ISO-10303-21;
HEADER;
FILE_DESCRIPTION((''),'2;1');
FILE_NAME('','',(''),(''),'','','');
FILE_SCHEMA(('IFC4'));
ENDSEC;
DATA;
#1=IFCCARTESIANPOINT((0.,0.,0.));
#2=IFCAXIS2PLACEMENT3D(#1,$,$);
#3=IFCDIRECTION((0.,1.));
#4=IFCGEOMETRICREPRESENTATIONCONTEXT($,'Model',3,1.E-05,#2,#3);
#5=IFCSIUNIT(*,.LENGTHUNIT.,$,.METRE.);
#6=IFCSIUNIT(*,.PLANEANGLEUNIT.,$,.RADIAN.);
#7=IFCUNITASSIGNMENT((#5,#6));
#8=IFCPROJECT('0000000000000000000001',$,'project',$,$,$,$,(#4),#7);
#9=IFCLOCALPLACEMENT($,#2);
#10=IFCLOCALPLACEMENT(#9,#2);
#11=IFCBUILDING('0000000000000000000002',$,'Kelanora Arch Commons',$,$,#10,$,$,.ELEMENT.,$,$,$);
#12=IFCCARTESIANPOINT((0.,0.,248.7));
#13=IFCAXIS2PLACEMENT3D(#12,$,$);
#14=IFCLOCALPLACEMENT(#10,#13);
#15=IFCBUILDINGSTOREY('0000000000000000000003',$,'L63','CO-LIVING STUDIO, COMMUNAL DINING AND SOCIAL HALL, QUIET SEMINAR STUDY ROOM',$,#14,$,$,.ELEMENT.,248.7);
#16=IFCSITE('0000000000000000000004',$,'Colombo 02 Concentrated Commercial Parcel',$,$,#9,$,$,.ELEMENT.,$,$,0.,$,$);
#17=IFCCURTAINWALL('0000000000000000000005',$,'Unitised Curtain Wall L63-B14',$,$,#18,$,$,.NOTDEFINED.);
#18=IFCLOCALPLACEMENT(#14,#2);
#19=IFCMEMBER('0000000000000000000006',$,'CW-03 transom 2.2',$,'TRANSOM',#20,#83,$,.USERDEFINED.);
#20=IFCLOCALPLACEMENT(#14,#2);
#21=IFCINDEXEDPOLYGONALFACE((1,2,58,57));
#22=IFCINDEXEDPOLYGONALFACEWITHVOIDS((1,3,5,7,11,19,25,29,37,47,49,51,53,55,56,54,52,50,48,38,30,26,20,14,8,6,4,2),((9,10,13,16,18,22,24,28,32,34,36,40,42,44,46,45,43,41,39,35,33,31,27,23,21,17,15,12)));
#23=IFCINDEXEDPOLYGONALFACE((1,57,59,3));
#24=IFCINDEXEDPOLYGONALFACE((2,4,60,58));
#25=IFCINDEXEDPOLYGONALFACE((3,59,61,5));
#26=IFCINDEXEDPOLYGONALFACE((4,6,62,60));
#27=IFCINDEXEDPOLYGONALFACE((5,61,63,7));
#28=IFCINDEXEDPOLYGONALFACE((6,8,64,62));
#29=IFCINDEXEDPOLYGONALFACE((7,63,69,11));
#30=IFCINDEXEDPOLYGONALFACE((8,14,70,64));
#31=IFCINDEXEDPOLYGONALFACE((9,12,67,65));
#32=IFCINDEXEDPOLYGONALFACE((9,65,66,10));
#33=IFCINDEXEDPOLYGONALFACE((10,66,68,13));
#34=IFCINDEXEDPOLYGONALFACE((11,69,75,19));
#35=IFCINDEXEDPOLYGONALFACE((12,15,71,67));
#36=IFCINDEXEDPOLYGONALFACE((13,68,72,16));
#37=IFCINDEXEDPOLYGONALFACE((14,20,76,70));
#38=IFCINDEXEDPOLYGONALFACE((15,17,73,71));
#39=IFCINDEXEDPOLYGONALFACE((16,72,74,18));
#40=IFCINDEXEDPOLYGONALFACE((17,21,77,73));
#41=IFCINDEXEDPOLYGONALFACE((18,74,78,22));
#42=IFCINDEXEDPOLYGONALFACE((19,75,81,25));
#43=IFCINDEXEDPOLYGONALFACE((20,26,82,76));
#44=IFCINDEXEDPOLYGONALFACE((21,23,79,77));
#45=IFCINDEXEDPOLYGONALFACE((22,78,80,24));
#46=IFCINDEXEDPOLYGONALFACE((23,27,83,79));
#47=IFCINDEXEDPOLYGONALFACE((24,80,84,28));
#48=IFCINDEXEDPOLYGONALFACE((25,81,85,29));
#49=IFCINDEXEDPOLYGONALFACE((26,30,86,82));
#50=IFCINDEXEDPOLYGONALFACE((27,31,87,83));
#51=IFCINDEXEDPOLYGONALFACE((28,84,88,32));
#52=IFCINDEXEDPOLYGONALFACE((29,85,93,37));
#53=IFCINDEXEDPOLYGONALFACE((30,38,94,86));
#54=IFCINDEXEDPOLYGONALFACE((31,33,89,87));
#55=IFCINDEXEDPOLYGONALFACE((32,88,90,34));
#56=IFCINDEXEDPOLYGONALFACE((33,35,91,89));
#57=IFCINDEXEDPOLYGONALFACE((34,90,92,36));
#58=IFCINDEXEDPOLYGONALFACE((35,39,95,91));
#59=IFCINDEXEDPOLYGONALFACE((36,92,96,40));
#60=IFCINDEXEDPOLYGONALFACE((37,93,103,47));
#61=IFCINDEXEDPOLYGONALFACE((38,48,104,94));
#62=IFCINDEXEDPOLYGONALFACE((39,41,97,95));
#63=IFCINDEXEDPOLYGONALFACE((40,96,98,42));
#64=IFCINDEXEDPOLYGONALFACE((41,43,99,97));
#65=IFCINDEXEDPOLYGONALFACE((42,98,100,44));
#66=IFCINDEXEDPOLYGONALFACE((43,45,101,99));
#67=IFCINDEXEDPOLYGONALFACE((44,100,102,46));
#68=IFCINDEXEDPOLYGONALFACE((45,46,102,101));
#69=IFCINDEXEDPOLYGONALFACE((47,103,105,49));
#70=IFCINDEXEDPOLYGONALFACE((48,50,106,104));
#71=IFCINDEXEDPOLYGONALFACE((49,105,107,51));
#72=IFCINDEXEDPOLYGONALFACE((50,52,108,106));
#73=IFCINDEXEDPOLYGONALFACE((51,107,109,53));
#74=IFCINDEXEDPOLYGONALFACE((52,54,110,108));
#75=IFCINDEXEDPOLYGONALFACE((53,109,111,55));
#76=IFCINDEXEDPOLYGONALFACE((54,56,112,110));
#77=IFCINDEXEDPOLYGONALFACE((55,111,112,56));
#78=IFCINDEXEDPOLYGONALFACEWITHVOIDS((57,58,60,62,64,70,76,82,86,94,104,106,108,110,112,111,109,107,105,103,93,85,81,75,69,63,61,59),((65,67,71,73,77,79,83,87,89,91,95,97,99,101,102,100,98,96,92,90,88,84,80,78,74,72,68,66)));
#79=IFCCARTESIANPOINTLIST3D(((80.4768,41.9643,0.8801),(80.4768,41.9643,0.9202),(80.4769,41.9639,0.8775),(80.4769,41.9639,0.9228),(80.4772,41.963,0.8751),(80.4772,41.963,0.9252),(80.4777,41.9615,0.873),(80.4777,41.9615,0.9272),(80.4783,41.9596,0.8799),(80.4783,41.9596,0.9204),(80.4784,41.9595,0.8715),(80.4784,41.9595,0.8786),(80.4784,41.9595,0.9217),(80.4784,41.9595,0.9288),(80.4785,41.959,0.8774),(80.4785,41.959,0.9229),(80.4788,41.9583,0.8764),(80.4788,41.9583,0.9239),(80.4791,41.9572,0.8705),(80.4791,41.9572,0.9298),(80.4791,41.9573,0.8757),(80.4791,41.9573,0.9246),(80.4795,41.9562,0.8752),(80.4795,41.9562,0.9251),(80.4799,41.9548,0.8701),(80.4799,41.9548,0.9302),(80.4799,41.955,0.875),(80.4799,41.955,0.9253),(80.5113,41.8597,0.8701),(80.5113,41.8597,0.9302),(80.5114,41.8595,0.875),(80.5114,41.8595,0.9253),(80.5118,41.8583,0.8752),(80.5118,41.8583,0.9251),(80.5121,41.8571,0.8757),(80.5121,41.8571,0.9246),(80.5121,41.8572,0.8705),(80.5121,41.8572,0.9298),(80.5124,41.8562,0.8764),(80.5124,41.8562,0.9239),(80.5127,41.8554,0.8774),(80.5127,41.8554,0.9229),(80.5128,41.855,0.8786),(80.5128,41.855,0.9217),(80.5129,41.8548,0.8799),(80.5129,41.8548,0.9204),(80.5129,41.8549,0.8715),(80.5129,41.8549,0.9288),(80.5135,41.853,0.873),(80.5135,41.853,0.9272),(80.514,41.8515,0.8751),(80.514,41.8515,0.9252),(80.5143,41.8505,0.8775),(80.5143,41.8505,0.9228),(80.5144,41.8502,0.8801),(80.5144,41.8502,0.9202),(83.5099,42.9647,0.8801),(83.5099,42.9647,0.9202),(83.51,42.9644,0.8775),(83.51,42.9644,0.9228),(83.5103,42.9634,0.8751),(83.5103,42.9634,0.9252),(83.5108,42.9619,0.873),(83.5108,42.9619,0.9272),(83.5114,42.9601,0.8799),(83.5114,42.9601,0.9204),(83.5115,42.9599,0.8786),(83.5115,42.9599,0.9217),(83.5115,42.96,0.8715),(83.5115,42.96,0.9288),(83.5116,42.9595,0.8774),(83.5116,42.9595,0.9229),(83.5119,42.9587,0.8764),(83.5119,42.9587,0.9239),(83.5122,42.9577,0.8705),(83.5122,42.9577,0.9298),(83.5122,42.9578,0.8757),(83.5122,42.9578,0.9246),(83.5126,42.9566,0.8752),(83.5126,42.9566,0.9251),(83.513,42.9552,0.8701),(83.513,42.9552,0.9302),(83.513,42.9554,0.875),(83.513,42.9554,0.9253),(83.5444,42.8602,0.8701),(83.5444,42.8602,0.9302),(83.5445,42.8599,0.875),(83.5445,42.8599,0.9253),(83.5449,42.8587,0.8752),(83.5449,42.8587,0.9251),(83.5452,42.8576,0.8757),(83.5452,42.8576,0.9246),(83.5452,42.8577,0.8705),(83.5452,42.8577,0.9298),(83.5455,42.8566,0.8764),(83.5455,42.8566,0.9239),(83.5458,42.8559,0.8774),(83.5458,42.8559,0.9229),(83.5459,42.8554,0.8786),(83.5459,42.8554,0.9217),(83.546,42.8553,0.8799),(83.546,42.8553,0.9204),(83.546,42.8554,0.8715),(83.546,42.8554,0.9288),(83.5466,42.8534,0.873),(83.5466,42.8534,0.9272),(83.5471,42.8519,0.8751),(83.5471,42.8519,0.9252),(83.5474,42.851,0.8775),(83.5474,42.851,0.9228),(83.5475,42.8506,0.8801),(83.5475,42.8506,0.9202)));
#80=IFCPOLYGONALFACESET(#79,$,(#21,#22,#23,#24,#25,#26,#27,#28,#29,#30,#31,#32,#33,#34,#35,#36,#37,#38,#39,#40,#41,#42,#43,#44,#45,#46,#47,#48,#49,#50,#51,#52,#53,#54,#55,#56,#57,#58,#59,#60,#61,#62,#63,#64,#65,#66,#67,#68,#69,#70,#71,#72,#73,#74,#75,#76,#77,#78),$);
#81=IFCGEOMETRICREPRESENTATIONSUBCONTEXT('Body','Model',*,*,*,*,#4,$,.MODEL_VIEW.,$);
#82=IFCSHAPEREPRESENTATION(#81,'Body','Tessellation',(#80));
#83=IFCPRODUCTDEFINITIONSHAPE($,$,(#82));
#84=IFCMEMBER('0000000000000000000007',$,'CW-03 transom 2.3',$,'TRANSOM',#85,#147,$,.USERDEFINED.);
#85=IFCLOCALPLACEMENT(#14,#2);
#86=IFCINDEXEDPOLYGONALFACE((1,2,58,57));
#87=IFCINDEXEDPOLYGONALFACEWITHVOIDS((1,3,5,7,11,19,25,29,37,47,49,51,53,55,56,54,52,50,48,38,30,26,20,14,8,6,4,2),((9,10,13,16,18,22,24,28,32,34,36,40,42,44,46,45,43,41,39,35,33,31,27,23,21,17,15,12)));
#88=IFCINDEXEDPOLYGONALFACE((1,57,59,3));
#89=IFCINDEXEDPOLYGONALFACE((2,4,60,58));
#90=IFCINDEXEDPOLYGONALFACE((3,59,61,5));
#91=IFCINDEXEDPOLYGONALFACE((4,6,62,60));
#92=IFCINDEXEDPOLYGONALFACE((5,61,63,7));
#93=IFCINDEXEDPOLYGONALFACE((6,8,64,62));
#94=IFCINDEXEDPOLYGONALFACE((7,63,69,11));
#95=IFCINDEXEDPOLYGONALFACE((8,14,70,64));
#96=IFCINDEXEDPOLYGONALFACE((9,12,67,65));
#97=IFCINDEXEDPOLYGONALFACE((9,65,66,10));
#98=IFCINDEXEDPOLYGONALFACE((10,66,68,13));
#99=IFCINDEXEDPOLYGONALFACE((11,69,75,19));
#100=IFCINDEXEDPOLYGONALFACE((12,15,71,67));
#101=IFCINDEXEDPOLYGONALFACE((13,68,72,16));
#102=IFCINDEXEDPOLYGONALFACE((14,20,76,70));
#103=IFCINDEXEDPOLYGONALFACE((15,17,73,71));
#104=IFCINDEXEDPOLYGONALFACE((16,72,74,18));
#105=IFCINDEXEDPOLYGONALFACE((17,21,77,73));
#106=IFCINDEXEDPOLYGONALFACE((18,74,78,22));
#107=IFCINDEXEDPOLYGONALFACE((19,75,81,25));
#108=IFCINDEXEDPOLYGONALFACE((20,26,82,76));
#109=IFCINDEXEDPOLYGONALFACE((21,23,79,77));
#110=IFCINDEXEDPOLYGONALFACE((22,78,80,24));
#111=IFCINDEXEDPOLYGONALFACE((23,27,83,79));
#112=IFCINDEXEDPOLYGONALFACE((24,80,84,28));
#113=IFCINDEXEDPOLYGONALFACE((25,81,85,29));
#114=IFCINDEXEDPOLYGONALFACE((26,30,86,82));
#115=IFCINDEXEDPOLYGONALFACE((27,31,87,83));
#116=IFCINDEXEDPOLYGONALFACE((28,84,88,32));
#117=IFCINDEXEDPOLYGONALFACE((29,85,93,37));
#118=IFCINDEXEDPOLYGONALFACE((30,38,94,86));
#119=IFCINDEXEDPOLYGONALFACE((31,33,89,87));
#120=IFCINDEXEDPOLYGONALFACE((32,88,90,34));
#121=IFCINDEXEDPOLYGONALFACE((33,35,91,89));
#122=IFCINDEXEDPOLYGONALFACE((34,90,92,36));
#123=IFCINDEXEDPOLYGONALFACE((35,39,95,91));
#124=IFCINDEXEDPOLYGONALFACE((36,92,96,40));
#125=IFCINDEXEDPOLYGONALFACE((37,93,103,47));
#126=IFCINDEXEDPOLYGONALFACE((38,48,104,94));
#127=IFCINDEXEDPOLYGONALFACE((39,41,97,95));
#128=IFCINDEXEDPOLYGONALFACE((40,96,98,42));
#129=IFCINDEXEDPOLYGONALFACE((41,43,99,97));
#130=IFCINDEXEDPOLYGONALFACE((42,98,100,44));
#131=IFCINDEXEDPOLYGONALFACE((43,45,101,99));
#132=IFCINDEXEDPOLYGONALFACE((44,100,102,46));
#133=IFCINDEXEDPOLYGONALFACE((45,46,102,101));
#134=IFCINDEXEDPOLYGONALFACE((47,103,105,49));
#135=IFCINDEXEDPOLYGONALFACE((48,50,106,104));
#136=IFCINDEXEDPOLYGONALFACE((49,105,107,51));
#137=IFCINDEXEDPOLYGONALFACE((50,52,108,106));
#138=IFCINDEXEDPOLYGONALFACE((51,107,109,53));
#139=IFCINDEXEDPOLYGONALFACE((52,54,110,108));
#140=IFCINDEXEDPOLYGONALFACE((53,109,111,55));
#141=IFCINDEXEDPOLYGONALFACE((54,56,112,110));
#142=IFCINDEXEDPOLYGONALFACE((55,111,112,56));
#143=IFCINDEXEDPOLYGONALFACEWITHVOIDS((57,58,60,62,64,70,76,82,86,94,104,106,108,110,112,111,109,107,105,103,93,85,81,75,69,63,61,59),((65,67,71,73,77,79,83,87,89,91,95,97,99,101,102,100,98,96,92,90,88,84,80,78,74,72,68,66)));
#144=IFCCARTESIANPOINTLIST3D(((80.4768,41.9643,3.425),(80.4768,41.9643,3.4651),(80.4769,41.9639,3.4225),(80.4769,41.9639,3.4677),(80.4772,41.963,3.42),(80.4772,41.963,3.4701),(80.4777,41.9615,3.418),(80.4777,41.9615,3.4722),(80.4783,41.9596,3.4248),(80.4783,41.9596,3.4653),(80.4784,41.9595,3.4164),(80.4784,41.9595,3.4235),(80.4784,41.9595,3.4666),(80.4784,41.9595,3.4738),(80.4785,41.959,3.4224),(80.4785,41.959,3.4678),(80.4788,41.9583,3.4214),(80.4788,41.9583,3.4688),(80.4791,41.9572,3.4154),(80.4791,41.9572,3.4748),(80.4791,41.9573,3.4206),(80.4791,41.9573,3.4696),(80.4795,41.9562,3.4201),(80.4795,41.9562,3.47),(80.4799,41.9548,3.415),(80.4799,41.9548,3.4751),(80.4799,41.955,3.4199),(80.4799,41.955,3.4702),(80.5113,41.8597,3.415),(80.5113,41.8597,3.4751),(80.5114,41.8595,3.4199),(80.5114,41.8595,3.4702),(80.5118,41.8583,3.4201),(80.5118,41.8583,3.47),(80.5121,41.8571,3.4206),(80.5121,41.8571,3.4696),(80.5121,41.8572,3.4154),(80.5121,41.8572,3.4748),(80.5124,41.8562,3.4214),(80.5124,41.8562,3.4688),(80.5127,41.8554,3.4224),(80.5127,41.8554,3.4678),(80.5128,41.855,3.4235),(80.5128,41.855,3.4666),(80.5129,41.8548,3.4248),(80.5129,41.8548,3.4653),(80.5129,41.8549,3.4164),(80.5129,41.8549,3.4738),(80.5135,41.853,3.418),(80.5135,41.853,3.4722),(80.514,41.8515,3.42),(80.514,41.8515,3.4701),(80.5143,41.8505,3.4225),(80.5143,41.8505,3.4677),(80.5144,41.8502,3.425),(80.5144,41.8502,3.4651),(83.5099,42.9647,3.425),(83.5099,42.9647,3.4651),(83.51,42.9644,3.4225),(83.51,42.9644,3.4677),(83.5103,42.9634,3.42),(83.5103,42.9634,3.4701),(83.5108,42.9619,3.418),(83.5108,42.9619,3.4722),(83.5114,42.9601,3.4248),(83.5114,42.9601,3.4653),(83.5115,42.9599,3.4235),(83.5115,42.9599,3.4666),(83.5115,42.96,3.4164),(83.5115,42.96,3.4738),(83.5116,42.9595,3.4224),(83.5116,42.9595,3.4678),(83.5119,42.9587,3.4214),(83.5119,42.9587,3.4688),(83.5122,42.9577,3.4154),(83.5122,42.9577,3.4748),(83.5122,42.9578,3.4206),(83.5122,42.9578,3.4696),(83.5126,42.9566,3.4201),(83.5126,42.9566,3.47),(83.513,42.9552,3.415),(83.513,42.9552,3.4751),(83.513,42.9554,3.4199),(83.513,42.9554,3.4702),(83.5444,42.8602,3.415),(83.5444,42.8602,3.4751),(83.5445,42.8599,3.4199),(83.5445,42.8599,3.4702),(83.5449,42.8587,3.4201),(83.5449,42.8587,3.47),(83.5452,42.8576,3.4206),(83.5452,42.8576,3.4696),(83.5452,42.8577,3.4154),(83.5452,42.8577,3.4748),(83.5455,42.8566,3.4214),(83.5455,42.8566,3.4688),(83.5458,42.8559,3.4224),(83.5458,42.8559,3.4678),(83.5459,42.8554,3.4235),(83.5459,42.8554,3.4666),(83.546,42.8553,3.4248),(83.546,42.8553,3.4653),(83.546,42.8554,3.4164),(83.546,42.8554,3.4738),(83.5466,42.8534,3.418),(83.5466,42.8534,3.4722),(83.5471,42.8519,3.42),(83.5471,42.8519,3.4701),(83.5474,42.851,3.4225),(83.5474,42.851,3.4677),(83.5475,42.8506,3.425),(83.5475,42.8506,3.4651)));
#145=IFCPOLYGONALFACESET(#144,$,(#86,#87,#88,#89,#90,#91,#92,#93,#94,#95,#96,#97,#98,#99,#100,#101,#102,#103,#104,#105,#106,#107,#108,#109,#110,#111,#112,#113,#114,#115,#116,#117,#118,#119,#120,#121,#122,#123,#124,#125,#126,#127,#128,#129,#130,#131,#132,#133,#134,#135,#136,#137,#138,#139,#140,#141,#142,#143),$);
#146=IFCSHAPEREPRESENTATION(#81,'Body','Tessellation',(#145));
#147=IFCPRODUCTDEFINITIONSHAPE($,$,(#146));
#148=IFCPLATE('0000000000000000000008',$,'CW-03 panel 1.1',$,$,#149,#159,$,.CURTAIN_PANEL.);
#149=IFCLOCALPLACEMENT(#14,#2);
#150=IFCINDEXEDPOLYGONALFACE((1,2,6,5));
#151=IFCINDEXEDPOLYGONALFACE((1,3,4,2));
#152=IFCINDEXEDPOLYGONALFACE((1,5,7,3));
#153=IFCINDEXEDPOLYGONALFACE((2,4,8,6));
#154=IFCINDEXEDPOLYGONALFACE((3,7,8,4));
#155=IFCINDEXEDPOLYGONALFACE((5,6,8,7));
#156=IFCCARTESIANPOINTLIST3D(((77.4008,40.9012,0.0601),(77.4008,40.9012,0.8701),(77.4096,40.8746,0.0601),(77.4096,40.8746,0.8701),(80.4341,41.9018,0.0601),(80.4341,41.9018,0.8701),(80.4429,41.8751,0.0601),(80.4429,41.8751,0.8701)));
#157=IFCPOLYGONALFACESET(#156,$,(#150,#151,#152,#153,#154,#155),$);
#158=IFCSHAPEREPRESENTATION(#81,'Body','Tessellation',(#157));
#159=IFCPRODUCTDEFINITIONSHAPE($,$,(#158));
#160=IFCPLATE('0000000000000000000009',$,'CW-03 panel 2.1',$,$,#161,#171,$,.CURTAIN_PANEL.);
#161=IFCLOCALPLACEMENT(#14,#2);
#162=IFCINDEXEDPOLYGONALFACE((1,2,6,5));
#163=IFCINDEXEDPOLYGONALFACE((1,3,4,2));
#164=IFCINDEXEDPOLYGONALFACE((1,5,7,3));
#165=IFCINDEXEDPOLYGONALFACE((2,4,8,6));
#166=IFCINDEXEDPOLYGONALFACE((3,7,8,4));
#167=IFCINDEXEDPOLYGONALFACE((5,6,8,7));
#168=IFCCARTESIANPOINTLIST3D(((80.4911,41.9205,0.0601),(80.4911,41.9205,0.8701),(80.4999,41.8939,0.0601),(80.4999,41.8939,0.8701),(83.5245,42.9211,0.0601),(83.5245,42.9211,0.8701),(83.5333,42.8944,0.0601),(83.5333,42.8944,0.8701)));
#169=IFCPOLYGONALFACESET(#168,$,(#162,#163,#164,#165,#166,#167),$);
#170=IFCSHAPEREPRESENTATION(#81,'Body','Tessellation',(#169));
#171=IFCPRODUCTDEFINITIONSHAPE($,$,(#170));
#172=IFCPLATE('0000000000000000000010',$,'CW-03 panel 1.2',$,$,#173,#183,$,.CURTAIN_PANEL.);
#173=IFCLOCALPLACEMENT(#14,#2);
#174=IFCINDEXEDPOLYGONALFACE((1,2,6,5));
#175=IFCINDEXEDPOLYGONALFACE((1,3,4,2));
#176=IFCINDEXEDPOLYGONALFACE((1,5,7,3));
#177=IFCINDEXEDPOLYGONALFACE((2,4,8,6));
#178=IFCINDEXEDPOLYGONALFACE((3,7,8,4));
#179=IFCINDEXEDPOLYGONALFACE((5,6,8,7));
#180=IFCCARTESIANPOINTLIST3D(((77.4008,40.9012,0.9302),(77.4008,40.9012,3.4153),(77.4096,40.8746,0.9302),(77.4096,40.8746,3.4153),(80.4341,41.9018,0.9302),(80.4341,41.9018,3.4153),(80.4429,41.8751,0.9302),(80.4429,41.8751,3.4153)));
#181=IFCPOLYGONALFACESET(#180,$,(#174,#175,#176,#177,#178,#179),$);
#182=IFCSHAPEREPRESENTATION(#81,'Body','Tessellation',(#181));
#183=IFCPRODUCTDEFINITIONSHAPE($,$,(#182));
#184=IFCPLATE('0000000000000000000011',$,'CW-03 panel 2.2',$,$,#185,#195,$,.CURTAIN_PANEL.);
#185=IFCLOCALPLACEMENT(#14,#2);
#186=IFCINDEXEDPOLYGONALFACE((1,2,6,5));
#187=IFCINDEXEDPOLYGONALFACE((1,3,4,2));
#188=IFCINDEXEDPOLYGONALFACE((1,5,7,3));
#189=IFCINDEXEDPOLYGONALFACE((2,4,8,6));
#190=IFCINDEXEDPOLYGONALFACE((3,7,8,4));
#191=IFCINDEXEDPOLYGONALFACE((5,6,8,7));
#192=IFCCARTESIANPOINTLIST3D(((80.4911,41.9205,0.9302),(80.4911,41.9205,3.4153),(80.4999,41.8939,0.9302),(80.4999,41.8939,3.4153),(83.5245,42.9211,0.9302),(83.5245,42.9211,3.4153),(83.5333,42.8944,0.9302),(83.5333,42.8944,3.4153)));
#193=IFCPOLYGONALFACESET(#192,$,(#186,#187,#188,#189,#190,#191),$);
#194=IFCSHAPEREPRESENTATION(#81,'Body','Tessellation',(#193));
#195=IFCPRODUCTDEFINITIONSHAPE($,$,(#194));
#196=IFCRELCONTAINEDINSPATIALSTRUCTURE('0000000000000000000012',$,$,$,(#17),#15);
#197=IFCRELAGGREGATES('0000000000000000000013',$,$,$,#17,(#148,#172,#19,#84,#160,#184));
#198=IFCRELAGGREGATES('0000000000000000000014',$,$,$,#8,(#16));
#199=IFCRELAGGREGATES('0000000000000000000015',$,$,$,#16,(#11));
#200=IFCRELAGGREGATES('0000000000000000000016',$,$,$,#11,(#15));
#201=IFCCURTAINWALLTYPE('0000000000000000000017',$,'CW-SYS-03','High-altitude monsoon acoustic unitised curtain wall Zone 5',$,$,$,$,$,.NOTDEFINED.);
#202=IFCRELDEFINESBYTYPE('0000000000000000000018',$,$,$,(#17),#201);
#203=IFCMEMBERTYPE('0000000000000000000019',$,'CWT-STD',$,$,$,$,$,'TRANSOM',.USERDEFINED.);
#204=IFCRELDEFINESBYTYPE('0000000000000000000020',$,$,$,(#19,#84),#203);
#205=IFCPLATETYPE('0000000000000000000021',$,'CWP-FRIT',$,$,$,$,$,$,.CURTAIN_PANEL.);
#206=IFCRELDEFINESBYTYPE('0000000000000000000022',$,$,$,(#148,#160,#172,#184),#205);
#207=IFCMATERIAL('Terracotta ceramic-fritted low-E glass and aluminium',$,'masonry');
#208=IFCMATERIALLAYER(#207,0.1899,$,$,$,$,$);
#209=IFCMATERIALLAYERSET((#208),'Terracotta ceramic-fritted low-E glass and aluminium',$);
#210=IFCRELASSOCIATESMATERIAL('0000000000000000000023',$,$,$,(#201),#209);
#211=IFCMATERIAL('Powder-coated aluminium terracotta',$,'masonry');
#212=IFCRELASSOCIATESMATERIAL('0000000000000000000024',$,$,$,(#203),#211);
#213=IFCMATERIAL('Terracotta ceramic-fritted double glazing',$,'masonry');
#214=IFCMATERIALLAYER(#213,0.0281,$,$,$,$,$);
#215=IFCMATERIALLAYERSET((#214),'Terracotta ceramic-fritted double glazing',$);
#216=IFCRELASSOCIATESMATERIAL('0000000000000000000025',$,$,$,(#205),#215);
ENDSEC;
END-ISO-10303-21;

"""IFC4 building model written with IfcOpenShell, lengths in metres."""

from ifc_helpers import new_model, si_unit, direction, frame, origin, origin_2d, place, context, subcontext, project, spatial, rectangle, hollow_rectangle, extrude, source, transform, mapped, material, layer, layer_set, material_profile, profile_set, type_object, element, aggregate, save


model = new_model("IFC4")

# Units and contexts
model_context = context("Model", 3, precision=1e-05, world=origin(), true_north=direction((0.0, 1.0)))
body_context = subcontext(model_context, "Body", "Model", "MODEL_VIEW")
ifc_project = project(units=[si_unit("LENGTHUNIT", "METRE"), si_unit("PLANEANGLEUNIT", "RADIAN")], contexts=[model_context])

# Site, building, storey
site_placement = place(None, origin())
site = spatial("IfcSite", under=ifc_project, at=site_placement, Name="Colombo 02 Concentrated Commercial Parcel", CompositionType="ELEMENT", RefElevation=0.0)
building_placement = place(site_placement, origin())
building = spatial("IfcBuilding", under=site, at=building_placement, Name="Kelanora Arch Commons", CompositionType="ELEMENT")
storey_placement = place(building_placement, frame((0.0, 0.0, 248.7)))
storey = spatial("IfcBuildingStorey", under=building, at=storey_placement, Name="L63", Description="CO-LIVING STUDIO, COMMUNAL DINING AND SOCIAL HALL, QUIET SEMINAR STUDY ROOM", CompositionType="ELEMENT", Elevation=248.7)

# Curtain wall, members, plates
ifc_material_1 = material(Name="Terracotta ceramic-fritted low-E glass and aluminium", Category="masonry")
ifc_layer_1 = layer(ifc_material_1, 0.1899)
ifc_layer_set_1 = layer_set([ifc_layer_1], Name="Terracotta ceramic-fritted low-E glass and aluminium")
curtain_wall_type = type_object("IfcCurtainWallType", Name="CW-SYS-03", Description="High-altitude monsoon acoustic unitised curtain wall Zone 5", PredefinedType="NOTDEFINED", material=ifc_layer_set_1)
curtain_wall_placement = place(storey_placement, origin())
curtain_wall = element("IfcCurtainWall", 1, at=curtain_wall_placement, inside=storey, type_object=curtain_wall_type, Name="Unitised Curtain Wall L63-B14", PredefinedType="NOTDEFINED")
ifc_material_2 = material(Name="Powder-coated aluminium terracotta", Category="masonry")
ifc_material_profile_1 = material_profile(ifc_material_2, hollow_rectangle(XDim=0.1201, YDim=0.0601, WallThickness=0.0049, InnerFilletRadius=0.0049, OuterFilletRadius=0.01, at=origin_2d()), Name="CWT120x60")
ifc_profile_set_1 = profile_set([ifc_material_profile_1], Name="Powder-coated aluminium terracotta")
member_type_1 = type_object("IfcMemberType", Name="CWT-STD", ElementType="TRANSOM", PredefinedType="USERDEFINED", material=ifc_profile_set_1)
member_1_placement = place(storey_placement, frame((80.4956, 41.9072, 0.9001), z_axis=(0.949672, 0.313245, 0.0), x_axis=(-0.313245, 0.949672, 0.0)))
member_1 = element("IfcMember", 2, at=member_1_placement, type_object=member_type_1, Name="CW-03 transom 2.2", ObjectType="TRANSOM", PredefinedType="USERDEFINED", context=body_context, shape_type="SweptSolid", body=[
    extrude(hollow_rectangle(XDim=0.1201, YDim=0.0601, WallThickness=0.0049, InnerFilletRadius=0.0049, OuterFilletRadius=0.01, at=origin_2d()), origin(), (0.0, 0.0, 1.0), 3.1938),
])
member_2_placement = place(storey_placement, frame((80.4956, 41.9072, 3.4451), z_axis=(0.949672, 0.313245, 0.0), x_axis=(-0.313245, 0.949672, 0.0)))
member_2 = element("IfcMember", 3, at=member_2_placement, type_object=member_type_1, Name="CW-03 transom 2.3", ObjectType="TRANSOM", PredefinedType="USERDEFINED", context=body_context, shape_type="SweptSolid", body=[
    extrude(hollow_rectangle(XDim=0.1201, YDim=0.0601, WallThickness=0.0049, InnerFilletRadius=0.0049, OuterFilletRadius=0.01, at=origin_2d()), origin(), (0.0, 0.0, 1.0), 3.1938),
])
ifc_material_3 = material(Name="Terracotta ceramic-fritted double glazing", Category="masonry")
ifc_layer_2 = layer(ifc_material_3, 0.0281)
ifc_layer_set_2 = layer_set([ifc_layer_2], Name="Terracotta ceramic-fritted double glazing")
plate_type = type_object("IfcPlateType", Name="CWP-FRIT", PredefinedType="CURTAIN_PANEL", material=ifc_layer_set_2)
shared_shape_1 = source(origin(), body_context, "Body", "SweptSolid", [
    extrude(rectangle(XDim=3.1941, YDim=0.0281, at=origin_2d()), origin(), (0.0, 0.0, 1.0), 0.8101),
])
plate_1_placement = place(storey_placement, frame((78.9219, 41.3882, 0.0601), z_axis=(0.0, 0.0, 1.0), x_axis=(0.94967, 0.313253, 0.0)))
plate_1 = element("IfcPlate", 4, at=plate_1_placement, type_object=plate_type, Name="CW-03 panel 1.1", PredefinedType="CURTAIN_PANEL", context=body_context, shape_type="MappedRepresentation", body=[
    mapped(shared_shape_1, transform((0.0, 0.0, 0.0), scale=1.0)),
])
plate_2_placement = place(storey_placement, frame((82.0122, 42.4075, 0.0601), z_axis=(0.0, 0.0, 1.0), x_axis=(0.94967, 0.313253, 0.0)))
plate_2 = element("IfcPlate", 5, at=plate_2_placement, type_object=plate_type, Name="CW-03 panel 2.1", PredefinedType="CURTAIN_PANEL", context=body_context, shape_type="MappedRepresentation", body=[
    mapped(shared_shape_1, transform((0.0, 0.0, 0.0), scale=1.0)),
])
shared_shape_2 = source(origin(), body_context, "Body", "SweptSolid", [
    extrude(rectangle(XDim=3.1941, YDim=0.0281, at=origin_2d()), origin(), (0.0, 0.0, 1.0), 2.4851),
])
plate_3_placement = place(storey_placement, frame((78.9219, 41.3882, 0.9302), z_axis=(0.0, 0.0, 1.0), x_axis=(0.94967, 0.313253, 0.0)))
plate_3 = element("IfcPlate", 6, at=plate_3_placement, type_object=plate_type, Name="CW-03 panel 1.2", PredefinedType="CURTAIN_PANEL", context=body_context, shape_type="MappedRepresentation", body=[
    mapped(shared_shape_2, transform((0.0, 0.0, 0.0), scale=1.0)),
])
plate_4_placement = place(storey_placement, frame((82.0122, 42.4075, 0.9302), z_axis=(0.0, 0.0, 1.0), x_axis=(0.94967, 0.313253, 0.0)))
plate_4 = element("IfcPlate", 7, at=plate_4_placement, type_object=plate_type, Name="CW-03 panel 2.2", PredefinedType="CURTAIN_PANEL", context=body_context, shape_type="MappedRepresentation", body=[
    mapped(shared_shape_2, transform((0.0, 0.0, 0.0), scale=1.0)),
])
aggregate(curtain_wall, [plate_1, plate_3, member_1, member_2, plate_2, plate_4])

save(model, "model.ifc")
